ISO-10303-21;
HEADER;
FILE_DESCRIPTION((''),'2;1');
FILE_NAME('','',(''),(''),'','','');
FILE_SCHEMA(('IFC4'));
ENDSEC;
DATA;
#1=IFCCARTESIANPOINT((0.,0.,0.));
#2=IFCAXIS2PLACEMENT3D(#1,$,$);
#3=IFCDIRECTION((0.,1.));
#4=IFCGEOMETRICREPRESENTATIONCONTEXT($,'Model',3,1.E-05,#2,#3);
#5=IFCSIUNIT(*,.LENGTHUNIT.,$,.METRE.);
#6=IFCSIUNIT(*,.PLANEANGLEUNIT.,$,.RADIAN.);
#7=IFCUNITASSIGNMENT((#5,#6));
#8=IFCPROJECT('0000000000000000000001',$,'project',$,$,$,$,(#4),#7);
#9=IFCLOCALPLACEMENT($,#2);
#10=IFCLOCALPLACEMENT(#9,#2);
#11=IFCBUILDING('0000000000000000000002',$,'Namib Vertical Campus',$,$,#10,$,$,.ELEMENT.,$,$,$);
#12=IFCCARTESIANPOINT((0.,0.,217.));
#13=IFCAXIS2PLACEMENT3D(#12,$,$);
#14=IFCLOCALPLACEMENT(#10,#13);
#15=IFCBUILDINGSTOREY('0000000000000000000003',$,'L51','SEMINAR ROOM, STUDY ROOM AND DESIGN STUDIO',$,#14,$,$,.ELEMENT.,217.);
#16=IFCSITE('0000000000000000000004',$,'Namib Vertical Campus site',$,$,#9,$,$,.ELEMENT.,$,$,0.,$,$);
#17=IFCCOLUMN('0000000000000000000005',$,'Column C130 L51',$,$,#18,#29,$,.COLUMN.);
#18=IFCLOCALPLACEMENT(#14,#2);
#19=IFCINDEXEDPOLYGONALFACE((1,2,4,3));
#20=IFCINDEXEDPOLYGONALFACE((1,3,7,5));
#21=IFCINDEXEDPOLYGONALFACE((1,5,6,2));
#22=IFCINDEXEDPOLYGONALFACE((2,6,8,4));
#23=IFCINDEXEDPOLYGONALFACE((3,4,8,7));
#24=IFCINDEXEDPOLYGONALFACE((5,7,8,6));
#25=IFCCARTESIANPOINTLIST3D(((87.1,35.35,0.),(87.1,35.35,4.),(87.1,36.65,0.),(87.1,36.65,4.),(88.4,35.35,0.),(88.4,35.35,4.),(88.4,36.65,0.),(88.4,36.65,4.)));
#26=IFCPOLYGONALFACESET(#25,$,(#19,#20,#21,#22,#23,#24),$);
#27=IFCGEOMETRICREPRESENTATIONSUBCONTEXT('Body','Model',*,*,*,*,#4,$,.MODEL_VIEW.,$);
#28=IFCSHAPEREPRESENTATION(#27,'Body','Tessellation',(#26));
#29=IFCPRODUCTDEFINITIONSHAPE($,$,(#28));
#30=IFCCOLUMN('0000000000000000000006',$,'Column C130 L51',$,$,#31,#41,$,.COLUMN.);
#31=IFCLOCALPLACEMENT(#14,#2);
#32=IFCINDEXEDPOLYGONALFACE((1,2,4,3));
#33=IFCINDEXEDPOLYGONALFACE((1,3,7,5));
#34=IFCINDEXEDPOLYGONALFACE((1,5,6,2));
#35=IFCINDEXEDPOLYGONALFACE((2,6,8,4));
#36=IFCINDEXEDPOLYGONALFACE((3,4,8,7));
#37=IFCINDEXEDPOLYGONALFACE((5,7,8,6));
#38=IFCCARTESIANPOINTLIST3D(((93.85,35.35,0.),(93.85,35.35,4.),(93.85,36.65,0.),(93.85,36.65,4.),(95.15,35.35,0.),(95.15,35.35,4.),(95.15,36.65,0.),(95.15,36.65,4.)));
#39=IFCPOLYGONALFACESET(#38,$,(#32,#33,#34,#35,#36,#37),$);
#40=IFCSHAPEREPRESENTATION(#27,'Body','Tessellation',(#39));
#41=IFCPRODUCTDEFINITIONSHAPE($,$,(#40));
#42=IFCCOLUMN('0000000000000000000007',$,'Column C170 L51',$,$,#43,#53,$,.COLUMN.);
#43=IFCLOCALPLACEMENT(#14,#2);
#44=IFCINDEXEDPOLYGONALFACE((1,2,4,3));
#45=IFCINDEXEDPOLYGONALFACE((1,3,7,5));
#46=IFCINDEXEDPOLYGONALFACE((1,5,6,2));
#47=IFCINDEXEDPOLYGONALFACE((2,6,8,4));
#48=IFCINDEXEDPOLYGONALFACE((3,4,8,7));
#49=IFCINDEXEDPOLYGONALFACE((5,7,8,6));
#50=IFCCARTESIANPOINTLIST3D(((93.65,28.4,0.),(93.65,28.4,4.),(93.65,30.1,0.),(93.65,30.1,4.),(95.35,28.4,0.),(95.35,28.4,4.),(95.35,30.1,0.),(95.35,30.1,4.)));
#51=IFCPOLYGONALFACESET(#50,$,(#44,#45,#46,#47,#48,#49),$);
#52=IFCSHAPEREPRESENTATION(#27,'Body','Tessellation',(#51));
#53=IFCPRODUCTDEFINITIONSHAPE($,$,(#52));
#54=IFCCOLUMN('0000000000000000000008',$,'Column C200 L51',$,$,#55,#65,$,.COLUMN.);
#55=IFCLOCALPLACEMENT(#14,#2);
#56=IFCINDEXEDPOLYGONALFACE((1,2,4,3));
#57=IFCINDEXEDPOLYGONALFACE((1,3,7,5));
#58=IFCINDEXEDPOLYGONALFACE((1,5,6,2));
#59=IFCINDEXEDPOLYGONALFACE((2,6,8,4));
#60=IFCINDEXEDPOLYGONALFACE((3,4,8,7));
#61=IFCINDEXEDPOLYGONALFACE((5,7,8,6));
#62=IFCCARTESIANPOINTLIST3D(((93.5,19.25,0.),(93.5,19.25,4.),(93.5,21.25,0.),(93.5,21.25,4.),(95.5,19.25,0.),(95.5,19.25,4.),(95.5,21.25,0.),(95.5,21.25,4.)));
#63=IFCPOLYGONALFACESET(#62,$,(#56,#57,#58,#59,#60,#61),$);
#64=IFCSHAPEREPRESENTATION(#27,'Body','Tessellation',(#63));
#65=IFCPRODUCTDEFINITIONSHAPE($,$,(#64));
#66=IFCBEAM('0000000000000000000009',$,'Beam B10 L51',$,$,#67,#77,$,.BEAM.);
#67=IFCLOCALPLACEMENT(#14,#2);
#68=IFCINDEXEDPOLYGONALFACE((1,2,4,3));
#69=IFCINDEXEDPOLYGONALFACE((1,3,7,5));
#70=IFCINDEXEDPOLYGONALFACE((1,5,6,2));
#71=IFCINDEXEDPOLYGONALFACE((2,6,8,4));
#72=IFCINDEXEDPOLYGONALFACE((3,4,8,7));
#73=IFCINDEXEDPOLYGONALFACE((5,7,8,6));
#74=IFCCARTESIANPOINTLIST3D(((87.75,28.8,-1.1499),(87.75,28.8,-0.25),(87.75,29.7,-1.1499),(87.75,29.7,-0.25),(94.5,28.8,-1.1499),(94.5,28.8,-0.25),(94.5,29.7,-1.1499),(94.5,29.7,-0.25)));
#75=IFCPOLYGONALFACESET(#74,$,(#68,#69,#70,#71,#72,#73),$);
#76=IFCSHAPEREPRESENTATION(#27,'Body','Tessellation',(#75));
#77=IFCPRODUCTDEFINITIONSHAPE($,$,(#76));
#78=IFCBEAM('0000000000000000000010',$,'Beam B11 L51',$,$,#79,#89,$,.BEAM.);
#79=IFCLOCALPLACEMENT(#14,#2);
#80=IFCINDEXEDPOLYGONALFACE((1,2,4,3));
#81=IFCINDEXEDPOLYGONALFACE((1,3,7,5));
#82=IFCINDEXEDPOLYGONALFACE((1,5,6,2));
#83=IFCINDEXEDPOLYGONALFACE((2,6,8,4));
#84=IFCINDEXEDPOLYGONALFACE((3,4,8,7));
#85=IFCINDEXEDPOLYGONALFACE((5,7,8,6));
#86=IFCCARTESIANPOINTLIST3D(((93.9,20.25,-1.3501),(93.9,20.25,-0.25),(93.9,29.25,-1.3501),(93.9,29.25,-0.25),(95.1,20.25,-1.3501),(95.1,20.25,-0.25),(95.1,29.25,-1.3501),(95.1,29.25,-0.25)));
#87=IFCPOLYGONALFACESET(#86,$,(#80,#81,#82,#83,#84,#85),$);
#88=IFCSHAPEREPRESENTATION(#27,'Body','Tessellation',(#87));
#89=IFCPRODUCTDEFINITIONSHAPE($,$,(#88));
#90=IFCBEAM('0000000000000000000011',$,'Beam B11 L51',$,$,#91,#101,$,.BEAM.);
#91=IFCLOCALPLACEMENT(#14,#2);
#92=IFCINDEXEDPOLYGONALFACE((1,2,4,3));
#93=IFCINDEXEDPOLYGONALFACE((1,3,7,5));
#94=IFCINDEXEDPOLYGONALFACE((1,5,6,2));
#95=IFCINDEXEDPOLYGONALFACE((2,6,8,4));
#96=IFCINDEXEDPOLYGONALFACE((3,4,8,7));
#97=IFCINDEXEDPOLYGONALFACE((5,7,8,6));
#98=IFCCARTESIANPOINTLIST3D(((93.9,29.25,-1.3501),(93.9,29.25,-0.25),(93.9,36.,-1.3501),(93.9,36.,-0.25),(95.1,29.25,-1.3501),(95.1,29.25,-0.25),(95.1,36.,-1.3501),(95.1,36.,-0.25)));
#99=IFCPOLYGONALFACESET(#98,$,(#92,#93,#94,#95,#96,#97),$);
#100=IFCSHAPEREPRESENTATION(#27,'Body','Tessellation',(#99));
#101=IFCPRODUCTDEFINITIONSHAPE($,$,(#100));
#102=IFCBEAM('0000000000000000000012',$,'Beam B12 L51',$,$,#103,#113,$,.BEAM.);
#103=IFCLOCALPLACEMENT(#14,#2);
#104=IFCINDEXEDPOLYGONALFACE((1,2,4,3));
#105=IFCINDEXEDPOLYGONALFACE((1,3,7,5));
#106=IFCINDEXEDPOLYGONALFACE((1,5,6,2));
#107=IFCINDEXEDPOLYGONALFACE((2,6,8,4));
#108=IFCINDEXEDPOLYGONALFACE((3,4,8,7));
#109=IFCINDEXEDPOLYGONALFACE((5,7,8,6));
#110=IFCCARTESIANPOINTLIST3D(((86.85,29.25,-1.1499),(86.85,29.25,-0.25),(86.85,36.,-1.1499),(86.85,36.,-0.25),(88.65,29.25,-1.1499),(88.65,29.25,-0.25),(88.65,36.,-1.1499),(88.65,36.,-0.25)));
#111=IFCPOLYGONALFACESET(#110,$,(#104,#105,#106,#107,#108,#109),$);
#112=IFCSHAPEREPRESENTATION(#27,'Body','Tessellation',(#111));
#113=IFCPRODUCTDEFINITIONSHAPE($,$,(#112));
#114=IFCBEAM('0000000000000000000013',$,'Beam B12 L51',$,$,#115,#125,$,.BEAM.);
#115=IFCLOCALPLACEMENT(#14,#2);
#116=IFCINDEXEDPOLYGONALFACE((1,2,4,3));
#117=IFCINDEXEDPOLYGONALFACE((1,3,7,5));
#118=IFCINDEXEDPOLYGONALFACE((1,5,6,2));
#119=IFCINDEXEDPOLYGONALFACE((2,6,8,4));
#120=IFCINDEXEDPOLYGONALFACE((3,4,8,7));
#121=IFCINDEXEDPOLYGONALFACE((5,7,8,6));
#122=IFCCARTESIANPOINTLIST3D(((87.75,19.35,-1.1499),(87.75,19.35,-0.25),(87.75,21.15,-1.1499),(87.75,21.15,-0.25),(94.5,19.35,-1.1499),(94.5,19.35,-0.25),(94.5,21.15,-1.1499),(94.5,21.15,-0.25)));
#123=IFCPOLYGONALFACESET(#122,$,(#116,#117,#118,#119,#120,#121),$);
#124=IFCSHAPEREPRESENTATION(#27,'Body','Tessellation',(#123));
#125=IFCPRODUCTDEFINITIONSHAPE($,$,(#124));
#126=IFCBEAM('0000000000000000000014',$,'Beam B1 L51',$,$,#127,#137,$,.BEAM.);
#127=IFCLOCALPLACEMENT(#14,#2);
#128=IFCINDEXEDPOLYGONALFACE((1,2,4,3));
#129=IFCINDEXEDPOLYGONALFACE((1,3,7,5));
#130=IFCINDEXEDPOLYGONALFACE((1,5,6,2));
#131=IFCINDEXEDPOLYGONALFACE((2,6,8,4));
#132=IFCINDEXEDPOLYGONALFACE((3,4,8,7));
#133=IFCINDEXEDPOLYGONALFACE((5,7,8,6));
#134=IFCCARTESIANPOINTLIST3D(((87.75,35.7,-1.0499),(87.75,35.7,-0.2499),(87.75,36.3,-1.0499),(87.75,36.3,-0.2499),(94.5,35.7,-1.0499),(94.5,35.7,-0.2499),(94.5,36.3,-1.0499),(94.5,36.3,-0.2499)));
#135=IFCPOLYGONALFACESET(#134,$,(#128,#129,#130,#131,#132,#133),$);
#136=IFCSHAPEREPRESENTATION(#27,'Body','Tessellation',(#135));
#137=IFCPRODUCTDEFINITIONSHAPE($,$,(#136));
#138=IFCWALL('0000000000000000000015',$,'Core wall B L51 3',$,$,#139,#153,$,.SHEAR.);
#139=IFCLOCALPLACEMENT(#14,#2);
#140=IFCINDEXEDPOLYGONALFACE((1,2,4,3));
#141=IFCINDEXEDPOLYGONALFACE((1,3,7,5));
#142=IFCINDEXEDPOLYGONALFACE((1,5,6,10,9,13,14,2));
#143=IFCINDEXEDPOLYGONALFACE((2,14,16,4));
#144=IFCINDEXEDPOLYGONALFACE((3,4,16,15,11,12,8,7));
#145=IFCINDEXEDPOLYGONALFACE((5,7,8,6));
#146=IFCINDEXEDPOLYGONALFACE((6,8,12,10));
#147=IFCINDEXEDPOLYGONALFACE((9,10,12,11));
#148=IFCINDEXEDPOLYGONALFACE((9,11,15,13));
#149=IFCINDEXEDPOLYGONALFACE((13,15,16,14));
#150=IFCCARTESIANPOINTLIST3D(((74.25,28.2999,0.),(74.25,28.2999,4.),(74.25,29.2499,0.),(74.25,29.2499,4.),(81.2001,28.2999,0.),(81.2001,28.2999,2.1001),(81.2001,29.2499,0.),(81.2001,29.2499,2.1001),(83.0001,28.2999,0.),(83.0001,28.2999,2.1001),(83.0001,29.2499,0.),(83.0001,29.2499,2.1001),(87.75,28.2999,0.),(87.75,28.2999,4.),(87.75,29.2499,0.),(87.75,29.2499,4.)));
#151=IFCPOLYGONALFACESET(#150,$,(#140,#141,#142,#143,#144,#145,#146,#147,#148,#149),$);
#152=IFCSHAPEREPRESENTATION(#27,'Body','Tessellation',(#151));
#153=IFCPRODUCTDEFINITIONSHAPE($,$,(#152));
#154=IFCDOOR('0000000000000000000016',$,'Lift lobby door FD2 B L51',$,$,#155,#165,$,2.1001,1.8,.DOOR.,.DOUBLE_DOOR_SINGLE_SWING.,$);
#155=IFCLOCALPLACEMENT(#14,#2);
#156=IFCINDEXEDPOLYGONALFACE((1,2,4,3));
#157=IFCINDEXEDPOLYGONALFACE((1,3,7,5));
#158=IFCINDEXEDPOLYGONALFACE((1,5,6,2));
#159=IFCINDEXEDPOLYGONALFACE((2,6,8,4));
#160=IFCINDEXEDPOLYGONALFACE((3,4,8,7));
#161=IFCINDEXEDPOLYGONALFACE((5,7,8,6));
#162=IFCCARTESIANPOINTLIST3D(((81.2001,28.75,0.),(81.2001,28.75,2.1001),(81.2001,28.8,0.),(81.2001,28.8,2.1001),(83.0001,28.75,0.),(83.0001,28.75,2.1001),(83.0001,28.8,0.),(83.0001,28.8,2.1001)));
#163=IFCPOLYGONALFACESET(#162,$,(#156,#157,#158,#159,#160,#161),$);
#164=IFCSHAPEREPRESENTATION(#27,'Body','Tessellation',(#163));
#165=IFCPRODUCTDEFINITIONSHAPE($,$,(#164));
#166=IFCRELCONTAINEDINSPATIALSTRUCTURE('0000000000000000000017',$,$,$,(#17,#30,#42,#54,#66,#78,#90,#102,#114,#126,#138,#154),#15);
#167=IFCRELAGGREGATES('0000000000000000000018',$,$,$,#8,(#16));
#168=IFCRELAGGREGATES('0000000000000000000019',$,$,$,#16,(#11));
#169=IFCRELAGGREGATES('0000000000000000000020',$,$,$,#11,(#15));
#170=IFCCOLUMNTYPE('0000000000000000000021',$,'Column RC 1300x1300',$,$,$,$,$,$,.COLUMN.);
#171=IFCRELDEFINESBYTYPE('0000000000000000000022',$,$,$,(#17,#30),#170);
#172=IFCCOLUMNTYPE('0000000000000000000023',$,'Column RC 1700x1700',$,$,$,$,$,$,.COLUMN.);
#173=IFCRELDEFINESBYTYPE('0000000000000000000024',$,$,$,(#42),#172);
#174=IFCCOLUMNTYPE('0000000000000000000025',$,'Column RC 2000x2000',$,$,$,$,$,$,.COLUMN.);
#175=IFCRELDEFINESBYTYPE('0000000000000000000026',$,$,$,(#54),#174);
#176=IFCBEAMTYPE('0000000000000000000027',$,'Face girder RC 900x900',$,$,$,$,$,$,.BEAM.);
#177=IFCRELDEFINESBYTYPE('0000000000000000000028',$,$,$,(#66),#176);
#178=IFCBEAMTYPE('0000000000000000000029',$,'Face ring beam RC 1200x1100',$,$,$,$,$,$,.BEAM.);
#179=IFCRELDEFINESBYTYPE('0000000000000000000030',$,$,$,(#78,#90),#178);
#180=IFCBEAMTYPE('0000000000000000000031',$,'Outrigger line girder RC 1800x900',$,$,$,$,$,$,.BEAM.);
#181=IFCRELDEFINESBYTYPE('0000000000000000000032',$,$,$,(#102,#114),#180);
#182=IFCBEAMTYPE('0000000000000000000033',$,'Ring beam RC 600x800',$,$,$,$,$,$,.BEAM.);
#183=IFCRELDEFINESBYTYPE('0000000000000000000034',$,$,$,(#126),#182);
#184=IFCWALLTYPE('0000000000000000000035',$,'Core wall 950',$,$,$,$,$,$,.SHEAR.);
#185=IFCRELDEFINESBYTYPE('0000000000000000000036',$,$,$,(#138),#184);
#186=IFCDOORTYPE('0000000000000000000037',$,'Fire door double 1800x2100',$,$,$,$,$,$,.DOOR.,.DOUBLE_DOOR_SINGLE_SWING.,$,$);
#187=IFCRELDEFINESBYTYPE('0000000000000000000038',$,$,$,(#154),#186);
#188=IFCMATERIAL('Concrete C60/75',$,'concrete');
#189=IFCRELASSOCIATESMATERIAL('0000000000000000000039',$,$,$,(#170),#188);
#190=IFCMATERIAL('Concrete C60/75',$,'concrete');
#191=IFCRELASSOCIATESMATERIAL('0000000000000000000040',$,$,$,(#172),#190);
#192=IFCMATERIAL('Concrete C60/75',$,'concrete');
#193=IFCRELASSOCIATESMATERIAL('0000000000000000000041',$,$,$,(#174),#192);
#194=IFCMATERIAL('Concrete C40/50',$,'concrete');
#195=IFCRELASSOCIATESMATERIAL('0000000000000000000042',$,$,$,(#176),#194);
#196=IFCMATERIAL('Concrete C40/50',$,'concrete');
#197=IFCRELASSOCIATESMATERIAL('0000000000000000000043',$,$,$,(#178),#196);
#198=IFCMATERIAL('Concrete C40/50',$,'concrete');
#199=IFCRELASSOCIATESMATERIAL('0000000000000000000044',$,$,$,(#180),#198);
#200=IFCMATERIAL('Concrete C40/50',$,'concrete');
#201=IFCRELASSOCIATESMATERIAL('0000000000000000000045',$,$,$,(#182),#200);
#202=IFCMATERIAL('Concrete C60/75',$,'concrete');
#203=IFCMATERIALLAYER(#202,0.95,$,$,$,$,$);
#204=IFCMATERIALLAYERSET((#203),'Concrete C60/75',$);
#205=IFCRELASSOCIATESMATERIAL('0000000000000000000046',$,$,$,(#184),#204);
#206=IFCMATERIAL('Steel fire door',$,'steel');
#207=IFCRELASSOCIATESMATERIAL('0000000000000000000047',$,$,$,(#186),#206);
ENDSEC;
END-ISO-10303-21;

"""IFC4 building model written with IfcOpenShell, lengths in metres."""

from ifc_helpers import new_model, si_unit, direction, frame, frame_2d, origin, origin_2d, place, context, subcontext, project, spatial, rectangle, extrude, material, layer, layer_set, material_profile, profile_set, type_object, element, fill, save


model = new_model("IFC4")

# Units and contexts
model_context = context("Model", 3, precision=1e-05, world=origin(), true_north=direction((0.0, 1.0)))
body_context = subcontext(model_context, "Body", "Model", "MODEL_VIEW")
ifc_project = project(units=[si_unit("LENGTHUNIT", "METRE"), si_unit("PLANEANGLEUNIT", "RADIAN")], contexts=[model_context])

# Site, building, storey
site_placement = place(None, origin())
site = spatial("IfcSite", under=ifc_project, at=site_placement, Name="Namib Vertical Campus site", CompositionType="ELEMENT", RefElevation=0.0)
building_placement = place(site_placement, origin())
building = spatial("IfcBuilding", under=site, at=building_placement, Name="Namib Vertical Campus", CompositionType="ELEMENT")
storey_placement = place(building_placement, frame((0.0, 0.0, 217.0)))
storey = spatial("IfcBuildingStorey", under=building, at=storey_placement, Name="L51", Description="SEMINAR ROOM, STUDY ROOM AND DESIGN STUDIO", CompositionType="ELEMENT", Elevation=217.0)

# Columns
ifc_material_1 = material(Name="Concrete C60/75", Category="concrete")
ifc_material_profile_1 = material_profile(ifc_material_1, rectangle(XDim=1.3, YDim=1.3, at=origin_2d()))
ifc_profile_set_1 = profile_set([ifc_material_profile_1], Name="Concrete C60/75")
column_type_1 = type_object("IfcColumnType", Name="Column RC 1300x1300", PredefinedType="COLUMN", material=ifc_profile_set_1)
for number, where, z_axis, x_axis, name in (
    (1, (87.75, 36.0, 0.0), (0.0, 0.0, 1.0), (1.0, 0.0, 0.0), "Column C130 L51"),
    (2, (94.5, 36.0, 0.0), (0.0, 0.0, 1.0), (1.0, 0.0, 0.0), "Column C130 L51"),
):
    element("IfcColumn", number, at=place(storey_placement, frame(where, z_axis=z_axis, x_axis=x_axis)), inside=storey, type_object=column_type_1, Name=name, PredefinedType="COLUMN", context=body_context, shape_type="SweptSolid", body=[
        extrude(rectangle(XDim=1.3, YDim=1.3, at=origin_2d()), origin(), (0.0, 0.0, 1.0), 4.0),
    ])
ifc_material_2 = material(Name="Concrete C60/75", Category="concrete")
ifc_material_profile_2 = material_profile(ifc_material_2, rectangle(XDim=1.7, YDim=1.7, at=origin_2d()))
ifc_profile_set_2 = profile_set([ifc_material_profile_2], Name="Concrete C60/75")
column_type_2 = type_object("IfcColumnType", Name="Column RC 1700x1700", PredefinedType="COLUMN", material=ifc_profile_set_2)
column_1_placement = place(storey_placement, frame((94.5, 29.25, 0.0), z_axis=(0.0, 0.0, 1.0), x_axis=(1.0, 0.0, 0.0)))
element("IfcColumn", 3, at=column_1_placement, inside=storey, type_object=column_type_2, Name="Column C170 L51", PredefinedType="COLUMN", context=body_context, shape_type="SweptSolid", body=[
    extrude(rectangle(XDim=1.7, YDim=1.7, at=origin_2d()), origin(), (0.0, 0.0, 1.0), 4.0),
])
ifc_material_3 = material(Name="Concrete C60/75", Category="concrete")
ifc_material_profile_3 = material_profile(ifc_material_3, rectangle(XDim=2.0, YDim=2.0, at=origin_2d()))
ifc_profile_set_3 = profile_set([ifc_material_profile_3], Name="Concrete C60/75")
column_type_3 = type_object("IfcColumnType", Name="Column RC 2000x2000", PredefinedType="COLUMN", material=ifc_profile_set_3)
column_2_placement = place(storey_placement, frame((94.5, 20.25, 0.0), z_axis=(0.0, 0.0, 1.0), x_axis=(1.0, 0.0, 0.0)))
element("IfcColumn", 4, at=column_2_placement, inside=storey, type_object=column_type_3, Name="Column C200 L51", PredefinedType="COLUMN", context=body_context, shape_type="SweptSolid", body=[
    extrude(rectangle(XDim=2.0, YDim=2.0, at=origin_2d()), origin(), (0.0, 0.0, 1.0), 4.0),
])

# Beams
ifc_material_4 = material(Name="Concrete C40/50", Category="concrete")
ifc_material_profile_4 = material_profile(ifc_material_4, rectangle(XDim=0.8999, YDim=0.8999, at=origin_2d()))
ifc_profile_set_4 = profile_set([ifc_material_profile_4], Name="Concrete C40/50")
beam_type_1 = type_object("IfcBeamType", Name="Face girder RC 900x900", PredefinedType="BEAM", material=ifc_profile_set_4)
beam_1_placement = place(storey_placement, frame((94.5, 29.25, -0.7), z_axis=(-1.0, 0.0, 0.0), x_axis=(0.0, -1.0, 0.0)))
element("IfcBeam", 5, at=beam_1_placement, inside=storey, type_object=beam_type_1, Name="Beam B10 L51", PredefinedType="BEAM", context=body_context, shape_type="SweptSolid", body=[
    extrude(rectangle(XDim=0.8999, YDim=0.8999, at=origin_2d()), origin(), (0.0, 0.0, 1.0), 6.75),
])
ifc_material_5 = material(Name="Concrete C40/50", Category="concrete")
ifc_material_profile_5 = material_profile(ifc_material_5, rectangle(XDim=1.2, YDim=1.1001, at=origin_2d()))
ifc_profile_set_5 = profile_set([ifc_material_profile_5], Name="Concrete C40/50")
beam_type_2 = type_object("IfcBeamType", Name="Face ring beam RC 1200x1100", PredefinedType="BEAM", material=ifc_profile_set_5)
beam_2_placement = place(storey_placement, frame((94.5, 20.25, -0.8), z_axis=(0.0, 1.0, 0.0), x_axis=(-1.0, 0.0, 0.0)))
element("IfcBeam", 6, at=beam_2_placement, inside=storey, type_object=beam_type_2, Name="Beam B11 L51", PredefinedType="BEAM", context=body_context, shape_type="SweptSolid", body=[
    extrude(rectangle(XDim=1.2, YDim=1.1001, at=origin_2d()), origin(), (0.0, 0.0, 1.0), 9.0),
])
beam_3_placement = place(storey_placement, frame((94.5, 29.25, -0.8), z_axis=(0.0, 1.0, 0.0), x_axis=(-1.0, 0.0, 0.0)))
element("IfcBeam", 7, at=beam_3_placement, inside=storey, type_object=beam_type_2, Name="Beam B11 L51", PredefinedType="BEAM", context=body_context, shape_type="SweptSolid", body=[
    extrude(rectangle(XDim=1.2, YDim=1.1001, at=origin_2d()), origin(), (0.0, 0.0, 1.0), 6.75),
])
ifc_material_6 = material(Name="Concrete C40/50", Category="concrete")
ifc_material_profile_6 = material_profile(ifc_material_6, rectangle(XDim=1.8, YDim=0.8999, at=origin_2d()))
ifc_profile_set_6 = profile_set([ifc_material_profile_6], Name="Concrete C40/50")
beam_type_3 = type_object("IfcBeamType", Name="Outrigger line girder RC 1800x900", PredefinedType="BEAM", material=ifc_profile_set_6)
for number, where, z_axis, x_axis, name in (
    (8, (87.75, 36.0, -0.7), (0.0, -1.0, 0.0), (1.0, 0.0, 0.0), "Beam B12 L51"),
    (9, (94.5, 20.25, -0.7), (-1.0, 0.0, 0.0), (0.0, -1.0, 0.0), "Beam B12 L51"),
):
    element("IfcBeam", number, at=place(storey_placement, frame(where, z_axis=z_axis, x_axis=x_axis)), inside=storey, type_object=beam_type_3, Name=name, PredefinedType="BEAM", context=body_context, shape_type="SweptSolid", body=[
        extrude(rectangle(XDim=1.8, YDim=0.8999, at=origin_2d()), origin(), (0.0, 0.0, 1.0), 6.75),
    ])
ifc_material_7 = material(Name="Concrete C40/50", Category="concrete")
ifc_material_profile_7 = material_profile(ifc_material_7, rectangle(XDim=0.6001, YDim=0.8, at=origin_2d()))
ifc_profile_set_7 = profile_set([ifc_material_profile_7], Name="Concrete C40/50")
beam_type_4 = type_object("IfcBeamType", Name="Ring beam RC 600x800", PredefinedType="BEAM", material=ifc_profile_set_7)
beam_4_placement = place(storey_placement, frame((87.75, 36.0, -0.6499), z_axis=(1.0, 0.0, 0.0), x_axis=(0.0, 1.0, 0.0)))
element("IfcBeam", 10, at=beam_4_placement, inside=storey, type_object=beam_type_4, Name="Beam B1 L51", PredefinedType="BEAM", context=body_context, shape_type="SweptSolid", body=[
    extrude(rectangle(XDim=0.6001, YDim=0.8, at=origin_2d()), origin(), (0.0, 0.0, 1.0), 6.75),
])

# Wall, opening, door
ifc_material_8 = material(Name="Concrete C60/75", Category="concrete")
ifc_layer_1 = layer(ifc_material_8, 0.95)
ifc_layer_set_1 = layer_set([ifc_layer_1], Name="Concrete C60/75")
wall_type_1 = type_object("IfcWallType", Name="Core wall 950", PredefinedType="SHEAR", material=ifc_layer_set_1)
wall_1_placement = place(storey_placement, frame((87.75, 28.7749, 0.0), z_axis=(0.0, 0.0, 1.0), x_axis=(-1.0, 0.0, 0.0)))
wall_1 = element("IfcWall", 11, at=wall_1_placement, inside=storey, type_object=wall_type_1, Name="Core wall B L51 3", PredefinedType="SHEAR", context=body_context, shape_type="SweptSolid", body=[
    extrude(rectangle(XDim=13.5, YDim=0.95, at=frame_2d((6.75, 0.0))), origin(), (0.0, 0.0, 1.0), 4.0),
])
opening_1_placement = place(wall_1_placement, frame((4.75, 0.0, 0.0)))
opening_1 = element("IfcOpeningElement", 12, at=opening_1_placement, cuts=wall_1, PredefinedType="OPENING", context=body_context, shape_type="SweptSolid", body=[
    extrude(rectangle(XDim=1.8, YDim=2.1001, at=frame_2d((0.8999, 1.05))), frame((0.0, 0.4849, 0.0), z_axis=(0.0, -1.0, 0.0), x_axis=(1.0, 0.0, 0.0)), (0.0, 0.0, 1.0), 0.97),
])
ifc_material_9 = material(Name="Steel fire door", Category="steel")
door_type_1 = type_object("IfcDoorType", Name="Fire door double 1800x2100", OperationType="DOUBLE_DOOR_SINGLE_SWING", PredefinedType="DOOR", material=ifc_material_9)
door_1_placement = place(opening_1_placement, origin())
door_1 = element("IfcDoor", 13, at=door_1_placement, inside=storey, type_object=door_type_1, Name="Lift lobby door FD2 B L51", OperationType="DOUBLE_DOOR_SINGLE_SWING", OverallHeight=2.1001, OverallWidth=1.8, PredefinedType="DOOR", context=body_context, shape_type="SweptSolid", body=[
    extrude(rectangle(XDim=1.8, YDim=2.1001, at=frame_2d((0.8999, 1.05))), frame((0.0, 0.0249, 0.0), z_axis=(0.0, -1.0, 0.0), x_axis=(1.0, 0.0, 0.0)), (0.0, 0.0, 1.0), 0.05),
])
fill(opening_1, door_1)

save(model, "model.ifc")
